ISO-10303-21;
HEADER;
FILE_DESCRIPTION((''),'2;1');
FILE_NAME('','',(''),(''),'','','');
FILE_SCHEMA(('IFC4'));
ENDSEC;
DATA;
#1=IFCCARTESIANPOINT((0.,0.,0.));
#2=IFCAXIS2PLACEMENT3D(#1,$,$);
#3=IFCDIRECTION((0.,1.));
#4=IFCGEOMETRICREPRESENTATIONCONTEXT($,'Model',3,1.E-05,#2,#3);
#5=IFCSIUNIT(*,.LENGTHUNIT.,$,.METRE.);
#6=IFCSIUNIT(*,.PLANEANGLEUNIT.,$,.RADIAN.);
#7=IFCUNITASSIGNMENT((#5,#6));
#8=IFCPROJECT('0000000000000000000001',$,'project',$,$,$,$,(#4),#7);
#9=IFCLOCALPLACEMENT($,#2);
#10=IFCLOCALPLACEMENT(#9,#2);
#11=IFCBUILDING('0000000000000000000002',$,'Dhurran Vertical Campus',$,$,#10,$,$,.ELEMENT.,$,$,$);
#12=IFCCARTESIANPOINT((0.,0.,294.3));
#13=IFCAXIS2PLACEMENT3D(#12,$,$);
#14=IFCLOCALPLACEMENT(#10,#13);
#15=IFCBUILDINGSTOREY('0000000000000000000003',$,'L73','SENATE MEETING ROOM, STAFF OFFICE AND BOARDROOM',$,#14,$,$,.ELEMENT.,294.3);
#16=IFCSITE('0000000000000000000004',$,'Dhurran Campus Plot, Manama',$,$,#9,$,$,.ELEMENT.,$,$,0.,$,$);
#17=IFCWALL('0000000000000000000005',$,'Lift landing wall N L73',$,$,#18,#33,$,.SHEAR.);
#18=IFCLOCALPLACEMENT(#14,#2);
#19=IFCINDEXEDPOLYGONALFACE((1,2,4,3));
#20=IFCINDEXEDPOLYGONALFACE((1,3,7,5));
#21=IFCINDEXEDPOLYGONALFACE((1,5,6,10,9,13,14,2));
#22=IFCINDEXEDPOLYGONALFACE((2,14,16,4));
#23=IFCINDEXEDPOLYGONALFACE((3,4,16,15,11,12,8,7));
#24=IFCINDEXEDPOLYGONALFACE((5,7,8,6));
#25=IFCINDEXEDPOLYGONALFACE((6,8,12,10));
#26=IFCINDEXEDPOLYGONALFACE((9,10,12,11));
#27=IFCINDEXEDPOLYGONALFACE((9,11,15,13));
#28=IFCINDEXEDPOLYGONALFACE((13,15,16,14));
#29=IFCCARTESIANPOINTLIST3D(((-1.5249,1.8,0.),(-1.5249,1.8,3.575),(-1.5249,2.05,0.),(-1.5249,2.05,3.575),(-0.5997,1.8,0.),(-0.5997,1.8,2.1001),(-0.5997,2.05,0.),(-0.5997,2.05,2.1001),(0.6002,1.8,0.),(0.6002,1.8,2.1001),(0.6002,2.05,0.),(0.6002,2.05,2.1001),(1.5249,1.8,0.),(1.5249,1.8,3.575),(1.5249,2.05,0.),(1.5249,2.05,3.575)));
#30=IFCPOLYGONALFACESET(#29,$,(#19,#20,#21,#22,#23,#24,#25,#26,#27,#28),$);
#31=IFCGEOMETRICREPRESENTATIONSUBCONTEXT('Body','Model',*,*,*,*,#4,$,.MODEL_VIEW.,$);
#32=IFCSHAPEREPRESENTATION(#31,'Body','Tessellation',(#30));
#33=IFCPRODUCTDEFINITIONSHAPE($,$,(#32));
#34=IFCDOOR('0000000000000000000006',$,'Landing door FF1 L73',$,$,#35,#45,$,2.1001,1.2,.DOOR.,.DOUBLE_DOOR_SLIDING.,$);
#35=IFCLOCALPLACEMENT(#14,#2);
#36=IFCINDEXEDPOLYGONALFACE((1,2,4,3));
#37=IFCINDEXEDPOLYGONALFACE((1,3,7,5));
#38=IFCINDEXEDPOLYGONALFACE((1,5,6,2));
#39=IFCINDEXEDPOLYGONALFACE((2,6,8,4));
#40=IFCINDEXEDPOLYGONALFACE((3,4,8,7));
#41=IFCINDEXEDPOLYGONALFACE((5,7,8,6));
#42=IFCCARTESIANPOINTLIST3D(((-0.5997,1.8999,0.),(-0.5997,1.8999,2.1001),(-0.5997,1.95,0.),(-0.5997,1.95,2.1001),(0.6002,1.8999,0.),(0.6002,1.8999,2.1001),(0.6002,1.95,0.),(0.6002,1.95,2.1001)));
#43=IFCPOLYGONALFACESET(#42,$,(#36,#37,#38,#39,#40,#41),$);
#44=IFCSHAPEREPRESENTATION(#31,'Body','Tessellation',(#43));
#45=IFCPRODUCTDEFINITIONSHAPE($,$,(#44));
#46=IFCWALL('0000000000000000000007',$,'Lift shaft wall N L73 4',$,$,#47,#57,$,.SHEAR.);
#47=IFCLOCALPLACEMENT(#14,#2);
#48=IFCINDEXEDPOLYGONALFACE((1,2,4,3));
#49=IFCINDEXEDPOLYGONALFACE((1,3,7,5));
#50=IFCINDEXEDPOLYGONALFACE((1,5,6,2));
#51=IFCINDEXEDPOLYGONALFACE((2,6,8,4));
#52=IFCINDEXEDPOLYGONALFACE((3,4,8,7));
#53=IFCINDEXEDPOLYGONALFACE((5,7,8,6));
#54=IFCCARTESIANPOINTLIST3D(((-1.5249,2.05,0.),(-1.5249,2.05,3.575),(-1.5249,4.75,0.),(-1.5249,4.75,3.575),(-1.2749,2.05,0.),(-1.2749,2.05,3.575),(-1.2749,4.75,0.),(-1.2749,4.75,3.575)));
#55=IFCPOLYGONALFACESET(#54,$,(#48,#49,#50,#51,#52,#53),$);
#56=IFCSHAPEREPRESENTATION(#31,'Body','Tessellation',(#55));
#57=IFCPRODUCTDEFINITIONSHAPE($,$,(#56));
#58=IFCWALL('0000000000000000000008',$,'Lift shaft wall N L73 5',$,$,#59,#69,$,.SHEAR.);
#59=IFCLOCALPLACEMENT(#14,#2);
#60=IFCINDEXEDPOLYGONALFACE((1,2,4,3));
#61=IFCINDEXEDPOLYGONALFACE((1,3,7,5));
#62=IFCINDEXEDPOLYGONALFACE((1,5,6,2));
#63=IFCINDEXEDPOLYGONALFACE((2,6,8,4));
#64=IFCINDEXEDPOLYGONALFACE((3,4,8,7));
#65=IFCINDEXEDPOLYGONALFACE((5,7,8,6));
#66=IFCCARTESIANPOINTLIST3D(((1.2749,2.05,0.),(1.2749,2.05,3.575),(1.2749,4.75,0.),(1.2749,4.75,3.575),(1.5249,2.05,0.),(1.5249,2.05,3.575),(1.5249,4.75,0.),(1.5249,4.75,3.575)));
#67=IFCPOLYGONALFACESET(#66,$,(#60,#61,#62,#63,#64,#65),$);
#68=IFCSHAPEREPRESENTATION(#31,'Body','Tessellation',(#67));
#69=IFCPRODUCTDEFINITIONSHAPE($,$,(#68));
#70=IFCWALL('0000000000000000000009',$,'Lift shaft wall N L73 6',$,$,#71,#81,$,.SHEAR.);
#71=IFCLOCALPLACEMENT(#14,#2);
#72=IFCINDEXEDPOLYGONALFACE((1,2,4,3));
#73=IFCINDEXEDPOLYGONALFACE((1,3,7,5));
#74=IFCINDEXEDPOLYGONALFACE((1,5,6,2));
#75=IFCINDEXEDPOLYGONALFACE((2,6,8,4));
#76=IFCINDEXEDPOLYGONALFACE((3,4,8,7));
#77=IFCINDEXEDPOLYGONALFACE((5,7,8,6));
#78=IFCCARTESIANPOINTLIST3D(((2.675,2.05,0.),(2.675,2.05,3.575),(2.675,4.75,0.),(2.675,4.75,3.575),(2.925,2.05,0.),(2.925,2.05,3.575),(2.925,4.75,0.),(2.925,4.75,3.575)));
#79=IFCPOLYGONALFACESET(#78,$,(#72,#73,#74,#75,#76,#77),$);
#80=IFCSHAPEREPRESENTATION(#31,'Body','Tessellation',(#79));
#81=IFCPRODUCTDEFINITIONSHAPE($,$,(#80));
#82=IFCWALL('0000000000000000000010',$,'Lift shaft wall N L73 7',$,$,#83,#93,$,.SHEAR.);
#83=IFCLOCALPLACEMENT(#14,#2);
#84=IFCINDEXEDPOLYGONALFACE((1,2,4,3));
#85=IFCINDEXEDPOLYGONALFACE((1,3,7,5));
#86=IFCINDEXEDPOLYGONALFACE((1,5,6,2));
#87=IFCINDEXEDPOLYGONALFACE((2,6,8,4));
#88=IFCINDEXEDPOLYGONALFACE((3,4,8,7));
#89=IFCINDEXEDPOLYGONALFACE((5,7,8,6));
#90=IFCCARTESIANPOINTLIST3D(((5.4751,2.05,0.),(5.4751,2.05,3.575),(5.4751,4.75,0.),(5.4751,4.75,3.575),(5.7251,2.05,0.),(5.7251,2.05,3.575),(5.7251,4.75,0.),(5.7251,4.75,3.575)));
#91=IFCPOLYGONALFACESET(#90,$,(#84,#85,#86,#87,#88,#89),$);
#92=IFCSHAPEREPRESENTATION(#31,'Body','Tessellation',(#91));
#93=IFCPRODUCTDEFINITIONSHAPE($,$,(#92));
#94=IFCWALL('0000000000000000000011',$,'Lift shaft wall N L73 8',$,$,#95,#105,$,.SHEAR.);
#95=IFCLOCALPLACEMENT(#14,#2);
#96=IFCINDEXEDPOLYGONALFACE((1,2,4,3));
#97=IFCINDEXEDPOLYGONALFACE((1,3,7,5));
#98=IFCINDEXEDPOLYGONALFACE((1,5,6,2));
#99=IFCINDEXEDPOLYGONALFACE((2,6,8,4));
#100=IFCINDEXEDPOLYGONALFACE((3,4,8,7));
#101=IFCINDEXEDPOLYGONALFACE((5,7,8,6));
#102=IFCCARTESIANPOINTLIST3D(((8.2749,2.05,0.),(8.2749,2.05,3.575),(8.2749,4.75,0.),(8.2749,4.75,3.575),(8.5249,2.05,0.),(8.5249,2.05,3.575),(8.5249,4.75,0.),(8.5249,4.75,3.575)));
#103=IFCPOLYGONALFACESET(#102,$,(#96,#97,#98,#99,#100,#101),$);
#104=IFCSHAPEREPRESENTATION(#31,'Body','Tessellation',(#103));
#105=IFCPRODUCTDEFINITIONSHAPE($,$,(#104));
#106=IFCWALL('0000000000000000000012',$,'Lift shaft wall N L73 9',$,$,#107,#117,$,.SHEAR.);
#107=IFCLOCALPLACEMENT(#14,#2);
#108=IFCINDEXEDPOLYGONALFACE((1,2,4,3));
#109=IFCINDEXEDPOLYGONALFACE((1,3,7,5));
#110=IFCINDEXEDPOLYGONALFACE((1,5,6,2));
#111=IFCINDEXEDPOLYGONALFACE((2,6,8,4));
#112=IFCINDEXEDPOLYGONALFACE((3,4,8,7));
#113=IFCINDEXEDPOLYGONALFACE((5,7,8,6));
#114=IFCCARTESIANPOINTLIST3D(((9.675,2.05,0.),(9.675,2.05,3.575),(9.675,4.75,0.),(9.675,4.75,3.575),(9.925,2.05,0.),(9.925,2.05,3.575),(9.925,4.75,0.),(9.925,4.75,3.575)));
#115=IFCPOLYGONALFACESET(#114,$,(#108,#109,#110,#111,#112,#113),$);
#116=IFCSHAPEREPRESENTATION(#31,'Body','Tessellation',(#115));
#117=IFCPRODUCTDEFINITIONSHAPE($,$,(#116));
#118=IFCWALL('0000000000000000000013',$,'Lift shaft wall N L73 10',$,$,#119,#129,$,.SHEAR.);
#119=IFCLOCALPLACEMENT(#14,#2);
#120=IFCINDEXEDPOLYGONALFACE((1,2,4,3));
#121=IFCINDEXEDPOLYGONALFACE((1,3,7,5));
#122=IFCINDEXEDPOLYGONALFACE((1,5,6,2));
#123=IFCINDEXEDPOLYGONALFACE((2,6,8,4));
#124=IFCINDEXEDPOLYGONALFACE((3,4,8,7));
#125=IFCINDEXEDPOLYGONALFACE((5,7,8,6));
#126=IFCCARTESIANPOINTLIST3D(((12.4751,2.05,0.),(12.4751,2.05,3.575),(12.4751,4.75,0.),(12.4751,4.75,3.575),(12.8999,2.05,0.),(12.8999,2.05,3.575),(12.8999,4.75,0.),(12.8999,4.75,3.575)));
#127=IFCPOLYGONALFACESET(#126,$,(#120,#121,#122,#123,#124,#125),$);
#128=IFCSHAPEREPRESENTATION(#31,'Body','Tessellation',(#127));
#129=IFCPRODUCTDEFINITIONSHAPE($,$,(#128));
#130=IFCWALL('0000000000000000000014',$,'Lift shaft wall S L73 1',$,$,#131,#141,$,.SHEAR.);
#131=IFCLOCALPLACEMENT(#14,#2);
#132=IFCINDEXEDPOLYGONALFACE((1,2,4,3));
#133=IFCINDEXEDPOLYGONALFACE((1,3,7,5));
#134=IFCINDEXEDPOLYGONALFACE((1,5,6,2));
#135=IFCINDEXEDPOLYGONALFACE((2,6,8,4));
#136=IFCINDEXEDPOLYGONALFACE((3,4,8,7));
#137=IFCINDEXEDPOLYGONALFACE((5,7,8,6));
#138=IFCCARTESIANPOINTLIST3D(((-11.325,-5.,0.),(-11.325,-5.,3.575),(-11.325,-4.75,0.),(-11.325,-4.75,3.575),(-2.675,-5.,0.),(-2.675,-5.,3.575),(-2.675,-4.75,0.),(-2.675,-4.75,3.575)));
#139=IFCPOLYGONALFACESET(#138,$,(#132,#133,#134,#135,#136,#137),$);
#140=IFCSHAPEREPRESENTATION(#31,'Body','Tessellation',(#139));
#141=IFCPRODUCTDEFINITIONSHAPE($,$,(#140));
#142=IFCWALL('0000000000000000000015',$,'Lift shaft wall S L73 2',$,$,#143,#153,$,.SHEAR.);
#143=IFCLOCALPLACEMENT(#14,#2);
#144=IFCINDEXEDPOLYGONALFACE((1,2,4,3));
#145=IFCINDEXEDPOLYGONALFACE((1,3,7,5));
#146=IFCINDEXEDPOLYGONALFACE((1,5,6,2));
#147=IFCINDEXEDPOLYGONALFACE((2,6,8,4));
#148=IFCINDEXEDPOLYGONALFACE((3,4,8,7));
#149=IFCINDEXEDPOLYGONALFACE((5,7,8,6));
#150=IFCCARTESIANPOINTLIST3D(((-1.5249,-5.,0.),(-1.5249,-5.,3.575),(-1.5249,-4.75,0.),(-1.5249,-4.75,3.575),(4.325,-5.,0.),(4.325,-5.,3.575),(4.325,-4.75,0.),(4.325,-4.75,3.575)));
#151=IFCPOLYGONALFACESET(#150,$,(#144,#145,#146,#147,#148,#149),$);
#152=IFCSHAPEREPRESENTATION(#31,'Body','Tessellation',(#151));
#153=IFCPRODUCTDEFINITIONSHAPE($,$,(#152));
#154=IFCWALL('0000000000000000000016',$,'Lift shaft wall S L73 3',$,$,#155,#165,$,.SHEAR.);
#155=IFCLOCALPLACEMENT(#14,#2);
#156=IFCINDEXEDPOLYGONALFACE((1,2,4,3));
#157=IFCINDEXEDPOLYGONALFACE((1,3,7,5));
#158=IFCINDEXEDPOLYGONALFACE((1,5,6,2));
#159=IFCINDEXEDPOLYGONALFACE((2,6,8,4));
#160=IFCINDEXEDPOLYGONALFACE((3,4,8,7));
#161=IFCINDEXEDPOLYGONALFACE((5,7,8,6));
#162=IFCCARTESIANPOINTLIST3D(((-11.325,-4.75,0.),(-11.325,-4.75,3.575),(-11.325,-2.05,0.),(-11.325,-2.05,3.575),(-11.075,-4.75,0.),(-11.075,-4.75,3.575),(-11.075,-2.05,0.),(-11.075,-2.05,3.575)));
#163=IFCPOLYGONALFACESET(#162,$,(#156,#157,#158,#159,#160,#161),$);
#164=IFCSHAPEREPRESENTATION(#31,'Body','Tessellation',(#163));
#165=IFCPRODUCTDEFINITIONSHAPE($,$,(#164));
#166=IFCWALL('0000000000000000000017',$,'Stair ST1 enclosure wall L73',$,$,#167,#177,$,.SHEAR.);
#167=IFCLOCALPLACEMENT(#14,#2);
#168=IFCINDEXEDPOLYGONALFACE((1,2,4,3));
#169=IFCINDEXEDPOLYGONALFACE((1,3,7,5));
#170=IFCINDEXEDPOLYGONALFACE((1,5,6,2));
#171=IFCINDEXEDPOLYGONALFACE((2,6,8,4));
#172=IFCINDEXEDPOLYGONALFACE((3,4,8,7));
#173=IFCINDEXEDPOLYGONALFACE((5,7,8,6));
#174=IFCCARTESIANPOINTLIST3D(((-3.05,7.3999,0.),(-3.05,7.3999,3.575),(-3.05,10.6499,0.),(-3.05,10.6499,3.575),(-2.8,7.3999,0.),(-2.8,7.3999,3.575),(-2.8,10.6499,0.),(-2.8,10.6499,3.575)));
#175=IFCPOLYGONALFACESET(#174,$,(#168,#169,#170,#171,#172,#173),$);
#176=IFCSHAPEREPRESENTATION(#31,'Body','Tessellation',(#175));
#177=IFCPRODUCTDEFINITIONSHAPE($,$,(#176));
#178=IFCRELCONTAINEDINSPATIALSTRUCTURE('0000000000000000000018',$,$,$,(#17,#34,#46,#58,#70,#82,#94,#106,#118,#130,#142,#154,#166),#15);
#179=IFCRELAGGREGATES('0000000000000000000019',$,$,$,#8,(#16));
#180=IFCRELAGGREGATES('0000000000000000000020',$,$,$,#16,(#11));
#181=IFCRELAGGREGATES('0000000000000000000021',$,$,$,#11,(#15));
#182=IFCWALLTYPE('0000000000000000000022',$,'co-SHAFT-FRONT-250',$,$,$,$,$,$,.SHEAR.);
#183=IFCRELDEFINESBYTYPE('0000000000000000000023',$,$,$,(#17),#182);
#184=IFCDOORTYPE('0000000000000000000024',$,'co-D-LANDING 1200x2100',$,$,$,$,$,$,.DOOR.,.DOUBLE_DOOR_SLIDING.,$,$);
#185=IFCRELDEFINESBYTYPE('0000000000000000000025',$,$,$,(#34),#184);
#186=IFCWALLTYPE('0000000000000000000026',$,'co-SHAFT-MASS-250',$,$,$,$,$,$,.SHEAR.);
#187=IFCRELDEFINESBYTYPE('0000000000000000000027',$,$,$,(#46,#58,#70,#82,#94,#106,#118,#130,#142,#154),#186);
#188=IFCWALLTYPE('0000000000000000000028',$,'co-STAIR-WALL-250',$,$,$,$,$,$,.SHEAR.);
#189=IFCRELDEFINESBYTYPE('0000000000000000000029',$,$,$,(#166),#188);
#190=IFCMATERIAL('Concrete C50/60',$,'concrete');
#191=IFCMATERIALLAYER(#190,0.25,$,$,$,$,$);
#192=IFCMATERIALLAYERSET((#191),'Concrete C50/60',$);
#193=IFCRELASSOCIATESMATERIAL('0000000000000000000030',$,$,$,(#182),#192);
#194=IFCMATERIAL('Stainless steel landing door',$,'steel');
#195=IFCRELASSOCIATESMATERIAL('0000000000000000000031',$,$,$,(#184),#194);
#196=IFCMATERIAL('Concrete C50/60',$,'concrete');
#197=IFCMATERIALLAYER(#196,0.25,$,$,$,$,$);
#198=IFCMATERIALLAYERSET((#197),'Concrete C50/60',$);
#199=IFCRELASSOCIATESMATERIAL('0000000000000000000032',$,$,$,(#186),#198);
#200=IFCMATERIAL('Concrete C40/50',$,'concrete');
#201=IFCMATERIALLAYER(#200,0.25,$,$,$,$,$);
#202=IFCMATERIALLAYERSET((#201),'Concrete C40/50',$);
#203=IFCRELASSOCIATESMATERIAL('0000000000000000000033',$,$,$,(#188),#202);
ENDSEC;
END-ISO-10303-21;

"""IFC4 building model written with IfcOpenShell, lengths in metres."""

from ifc_helpers import new_model, si_unit, direction, frame, frame_2d, origin, place, context, subcontext, project, spatial, polyline, rectangle, outline, extrude, material, layer, layer_set, type_object, element, fill, save


model = new_model("IFC4")

# Units and contexts
model_context = context("Model", 3, precision=1e-05, world=origin(), true_north=direction((0.0, 1.0)))
body_context = subcontext(model_context, "Body", "Model", "MODEL_VIEW")
ifc_project = project(units=[si_unit("LENGTHUNIT", "METRE"), si_unit("PLANEANGLEUNIT", "RADIAN")], contexts=[model_context])

# Site, building, storey
site_placement = place(None, origin())
site = spatial("IfcSite", under=ifc_project, at=site_placement, Name="Dhurran Campus Plot, Manama", CompositionType="ELEMENT", RefElevation=0.0)
building_placement = place(site_placement, origin())
building = spatial("IfcBuilding", under=site, at=building_placement, Name="Dhurran Vertical Campus", CompositionType="ELEMENT")
storey_placement = place(building_placement, frame((0.0, 0.0, 294.3)))
storey = spatial("IfcBuildingStorey", under=building, at=storey_placement, Name="L73", Description="SENATE MEETING ROOM, STAFF OFFICE AND BOARDROOM", CompositionType="ELEMENT", Elevation=294.3)

# Wall, opening, door
ifc_material_1 = material(Name="Concrete C50/60", Category="concrete")
ifc_layer_1 = layer(ifc_material_1, 0.25)
ifc_layer_set_1 = layer_set([ifc_layer_1], Name="Concrete C50/60")
wall_type_1 = type_object("IfcWallType", Name="co-SHAFT-FRONT-250", PredefinedType="SHEAR", material=ifc_layer_set_1)
wall_1_placement = place(storey_placement, frame((-1.5249, 1.925, 0.0), z_axis=(0.0, 0.0, 1.0), x_axis=(1.0, 0.0, 0.0)))
wall_1 = element("IfcWall", 1, at=wall_1_placement, inside=storey, type_object=wall_type_1, Name="Lift landing wall N L73", PredefinedType="SHEAR", context=body_context, shape_type="SweptSolid", body=[
    extrude(rectangle(XDim=3.0498, YDim=0.25, at=frame_2d((1.5249, 0.0))), origin(), (0.0, 0.0, 1.0), 3.575),
])
opening_1_placement = place(wall_1_placement, frame((0.925, 0.0, 0.0)))
opening_1 = element("IfcOpeningElement", 2, at=opening_1_placement, cuts=wall_1, PredefinedType="OPENING", context=body_context, shape_type="SweptSolid", body=[
    extrude(rectangle(XDim=1.2, YDim=2.1001, at=frame_2d((0.6001, 1.05))), frame((0.0, 0.135, 0.0), z_axis=(0.0, -1.0, 0.0), x_axis=(1.0, 0.0, 0.0)), (0.0, 0.0, 1.0), 0.27),
])
ifc_material_2 = material(Name="Stainless steel landing door", Category="steel")
door_type_1 = type_object("IfcDoorType", Name="co-D-LANDING 1200x2100", OperationType="DOUBLE_DOOR_SLIDING", PredefinedType="DOOR", material=ifc_material_2)
door_1_placement = place(opening_1_placement, origin())
door_1 = element("IfcDoor", 3, at=door_1_placement, inside=storey, type_object=door_type_1, Name="Landing door FF1 L73", OperationType="DOUBLE_DOOR_SLIDING", OverallHeight=2.1001, OverallWidth=1.2, PredefinedType="DOOR", context=body_context, shape_type="SweptSolid", body=[
    extrude(rectangle(XDim=1.2, YDim=2.1001, at=frame_2d((0.6001, 1.05))), frame((0.0, 0.0249, 0.0), z_axis=(0.0, -1.0, 0.0), x_axis=(1.0, 0.0, 0.0)), (0.0, 0.0, 1.0), 0.05),
])
fill(opening_1, door_1)

# Walls
ifc_material_3 = material(Name="Concrete C50/60", Category="concrete")
ifc_layer_2 = layer(ifc_material_3, 0.25)
ifc_layer_set_2 = layer_set([ifc_layer_2], Name="Concrete C50/60")
wall_type_2 = type_object("IfcWallType", Name="co-SHAFT-MASS-250", PredefinedType="SHEAR", material=ifc_layer_set_2)
wall_2_placement = place(storey_placement, origin())
element("IfcWall", 4, at=wall_2_placement, inside=storey, type_object=wall_type_2, Name="Lift shaft wall N L73 4", PredefinedType="SHEAR", context=body_context, shape_type="SweptSolid", body=[
    extrude(outline(polyline([(-1.5249, 2.05), (-1.2749, 2.05), (-1.2749, 4.75), (-1.5249, 4.75), (-1.5249, 2.05)])), origin(), (0.0, 0.0, 1.0), 3.575),
])
wall_3_placement = place(storey_placement, origin())
element("IfcWall", 5, at=wall_3_placement, inside=storey, type_object=wall_type_2, Name="Lift shaft wall N L73 5", PredefinedType="SHEAR", context=body_context, shape_type="SweptSolid", body=[
    extrude(outline(polyline([(1.2749, 2.05), (1.5249, 2.05), (1.5249, 4.75), (1.2749, 4.75), (1.2749, 2.05)])), origin(), (0.0, 0.0, 1.0), 3.575),
])
wall_4_placement = place(storey_placement, origin())
element("IfcWall", 6, at=wall_4_placement, inside=storey, type_object=wall_type_2, Name="Lift shaft wall N L73 6", PredefinedType="SHEAR", context=body_context, shape_type="SweptSolid", body=[
    extrude(outline(polyline([(2.675, 2.05), (2.925, 2.05), (2.925, 4.75), (2.675, 4.75), (2.675, 2.05)])), origin(), (0.0, 0.0, 1.0), 3.575),
])
wall_5_placement = place(storey_placement, origin())
element("IfcWall", 7, at=wall_5_placement, inside=storey, type_object=wall_type_2, Name="Lift shaft wall N L73 7", PredefinedType="SHEAR", context=body_context, shape_type="SweptSolid", body=[
    extrude(outline(polyline([(5.4751, 2.05), (5.7251, 2.05), (5.7251, 4.75), (5.4751, 4.75), (5.4751, 2.05)])), origin(), (0.0, 0.0, 1.0), 3.575),
])
wall_6_placement = place(storey_placement, origin())
element("IfcWall", 8, at=wall_6_placement, inside=storey, type_object=wall_type_2, Name="Lift shaft wall N L73 8", PredefinedType="SHEAR", context=body_context, shape_type="SweptSolid", body=[
    extrude(outline(polyline([(8.2749, 2.05), (8.5249, 2.05), (8.5249, 4.75), (8.2749, 4.75), (8.2749, 2.05)])), origin(), (0.0, 0.0, 1.0), 3.575),
])
wall_7_placement = place(storey_placement, origin())
element("IfcWall", 9, at=wall_7_placement, inside=storey, type_object=wall_type_2, Name="Lift shaft wall N L73 9", PredefinedType="SHEAR", context=body_context, shape_type="SweptSolid", body=[
    extrude(outline(polyline([(9.675, 2.05), (9.925, 2.05), (9.925, 4.75), (9.675, 4.75), (9.675, 2.05)])), origin(), (0.0, 0.0, 1.0), 3.575),
])
wall_8_placement = place(storey_placement, origin())
element("IfcWall", 10, at=wall_8_placement, inside=storey, type_object=wall_type_2, Name="Lift shaft wall N L73 10", PredefinedType="SHEAR", context=body_context, shape_type="SweptSolid", body=[
    extrude(outline(polyline([(12.4751, 2.05), (12.8999, 2.05), (12.8999, 4.75), (12.4751, 4.75), (12.4751, 2.05)])), origin(), (0.0, 0.0, 1.0), 3.575),
])
wall_9_placement = place(storey_placement, origin())
element("IfcWall", 11, at=wall_9_placement, inside=storey, type_object=wall_type_2, Name="Lift shaft wall S L73 1", PredefinedType="SHEAR", context=body_context, shape_type="SweptSolid", body=[
    extrude(outline(polyline([(-11.325, -5.0), (-2.675, -5.0), (-2.675, -4.75), (-11.325, -4.75), (-11.325, -5.0)])), origin(), (0.0, 0.0, 1.0), 3.575),
])
wall_10_placement = place(storey_placement, origin())
element("IfcWall", 12, at=wall_10_placement, inside=storey, type_object=wall_type_2, Name="Lift shaft wall S L73 2", PredefinedType="SHEAR", context=body_context, shape_type="SweptSolid", body=[
    extrude(outline(polyline([(-1.5249, -5.0), (4.325, -5.0), (4.325, -4.75), (-1.5249, -4.75), (-1.5249, -5.0)])), origin(), (0.0, 0.0, 1.0), 3.575),
])
wall_11_placement = place(storey_placement, origin())
element("IfcWall", 13, at=wall_11_placement, inside=storey, type_object=wall_type_2, Name="Lift shaft wall S L73 3", PredefinedType="SHEAR", context=body_context, shape_type="SweptSolid", body=[
    extrude(outline(polyline([(-11.325, -4.75), (-11.075, -4.75), (-11.075, -2.05), (-11.325, -2.05), (-11.325, -4.75)])), origin(), (0.0, 0.0, 1.0), 3.575),
])
ifc_material_4 = material(Name="Concrete C40/50", Category="concrete")
ifc_layer_3 = layer(ifc_material_4, 0.25)
ifc_layer_set_3 = layer_set([ifc_layer_3], Name="Concrete C40/50")
wall_type_3 = type_object("IfcWallType", Name="co-STAIR-WALL-250", PredefinedType="SHEAR", material=ifc_layer_set_3)
wall_12_placement = place(storey_placement, frame((-2.925, 7.3999, 0.0), z_axis=(0.0, 0.0, 1.0), x_axis=(0.0, 1.0, 0.0)))
element("IfcWall", 14, at=wall_12_placement, inside=storey, type_object=wall_type_3, Name="Stair ST1 enclosure wall L73", PredefinedType="SHEAR", context=body_context, shape_type="SweptSolid", body=[
    extrude(rectangle(XDim=3.25, YDim=0.25, at=frame_2d((1.625, 0.0))), origin(), (0.0, 0.0, 1.0), 3.575),
])

save(model, "model.ifc")
